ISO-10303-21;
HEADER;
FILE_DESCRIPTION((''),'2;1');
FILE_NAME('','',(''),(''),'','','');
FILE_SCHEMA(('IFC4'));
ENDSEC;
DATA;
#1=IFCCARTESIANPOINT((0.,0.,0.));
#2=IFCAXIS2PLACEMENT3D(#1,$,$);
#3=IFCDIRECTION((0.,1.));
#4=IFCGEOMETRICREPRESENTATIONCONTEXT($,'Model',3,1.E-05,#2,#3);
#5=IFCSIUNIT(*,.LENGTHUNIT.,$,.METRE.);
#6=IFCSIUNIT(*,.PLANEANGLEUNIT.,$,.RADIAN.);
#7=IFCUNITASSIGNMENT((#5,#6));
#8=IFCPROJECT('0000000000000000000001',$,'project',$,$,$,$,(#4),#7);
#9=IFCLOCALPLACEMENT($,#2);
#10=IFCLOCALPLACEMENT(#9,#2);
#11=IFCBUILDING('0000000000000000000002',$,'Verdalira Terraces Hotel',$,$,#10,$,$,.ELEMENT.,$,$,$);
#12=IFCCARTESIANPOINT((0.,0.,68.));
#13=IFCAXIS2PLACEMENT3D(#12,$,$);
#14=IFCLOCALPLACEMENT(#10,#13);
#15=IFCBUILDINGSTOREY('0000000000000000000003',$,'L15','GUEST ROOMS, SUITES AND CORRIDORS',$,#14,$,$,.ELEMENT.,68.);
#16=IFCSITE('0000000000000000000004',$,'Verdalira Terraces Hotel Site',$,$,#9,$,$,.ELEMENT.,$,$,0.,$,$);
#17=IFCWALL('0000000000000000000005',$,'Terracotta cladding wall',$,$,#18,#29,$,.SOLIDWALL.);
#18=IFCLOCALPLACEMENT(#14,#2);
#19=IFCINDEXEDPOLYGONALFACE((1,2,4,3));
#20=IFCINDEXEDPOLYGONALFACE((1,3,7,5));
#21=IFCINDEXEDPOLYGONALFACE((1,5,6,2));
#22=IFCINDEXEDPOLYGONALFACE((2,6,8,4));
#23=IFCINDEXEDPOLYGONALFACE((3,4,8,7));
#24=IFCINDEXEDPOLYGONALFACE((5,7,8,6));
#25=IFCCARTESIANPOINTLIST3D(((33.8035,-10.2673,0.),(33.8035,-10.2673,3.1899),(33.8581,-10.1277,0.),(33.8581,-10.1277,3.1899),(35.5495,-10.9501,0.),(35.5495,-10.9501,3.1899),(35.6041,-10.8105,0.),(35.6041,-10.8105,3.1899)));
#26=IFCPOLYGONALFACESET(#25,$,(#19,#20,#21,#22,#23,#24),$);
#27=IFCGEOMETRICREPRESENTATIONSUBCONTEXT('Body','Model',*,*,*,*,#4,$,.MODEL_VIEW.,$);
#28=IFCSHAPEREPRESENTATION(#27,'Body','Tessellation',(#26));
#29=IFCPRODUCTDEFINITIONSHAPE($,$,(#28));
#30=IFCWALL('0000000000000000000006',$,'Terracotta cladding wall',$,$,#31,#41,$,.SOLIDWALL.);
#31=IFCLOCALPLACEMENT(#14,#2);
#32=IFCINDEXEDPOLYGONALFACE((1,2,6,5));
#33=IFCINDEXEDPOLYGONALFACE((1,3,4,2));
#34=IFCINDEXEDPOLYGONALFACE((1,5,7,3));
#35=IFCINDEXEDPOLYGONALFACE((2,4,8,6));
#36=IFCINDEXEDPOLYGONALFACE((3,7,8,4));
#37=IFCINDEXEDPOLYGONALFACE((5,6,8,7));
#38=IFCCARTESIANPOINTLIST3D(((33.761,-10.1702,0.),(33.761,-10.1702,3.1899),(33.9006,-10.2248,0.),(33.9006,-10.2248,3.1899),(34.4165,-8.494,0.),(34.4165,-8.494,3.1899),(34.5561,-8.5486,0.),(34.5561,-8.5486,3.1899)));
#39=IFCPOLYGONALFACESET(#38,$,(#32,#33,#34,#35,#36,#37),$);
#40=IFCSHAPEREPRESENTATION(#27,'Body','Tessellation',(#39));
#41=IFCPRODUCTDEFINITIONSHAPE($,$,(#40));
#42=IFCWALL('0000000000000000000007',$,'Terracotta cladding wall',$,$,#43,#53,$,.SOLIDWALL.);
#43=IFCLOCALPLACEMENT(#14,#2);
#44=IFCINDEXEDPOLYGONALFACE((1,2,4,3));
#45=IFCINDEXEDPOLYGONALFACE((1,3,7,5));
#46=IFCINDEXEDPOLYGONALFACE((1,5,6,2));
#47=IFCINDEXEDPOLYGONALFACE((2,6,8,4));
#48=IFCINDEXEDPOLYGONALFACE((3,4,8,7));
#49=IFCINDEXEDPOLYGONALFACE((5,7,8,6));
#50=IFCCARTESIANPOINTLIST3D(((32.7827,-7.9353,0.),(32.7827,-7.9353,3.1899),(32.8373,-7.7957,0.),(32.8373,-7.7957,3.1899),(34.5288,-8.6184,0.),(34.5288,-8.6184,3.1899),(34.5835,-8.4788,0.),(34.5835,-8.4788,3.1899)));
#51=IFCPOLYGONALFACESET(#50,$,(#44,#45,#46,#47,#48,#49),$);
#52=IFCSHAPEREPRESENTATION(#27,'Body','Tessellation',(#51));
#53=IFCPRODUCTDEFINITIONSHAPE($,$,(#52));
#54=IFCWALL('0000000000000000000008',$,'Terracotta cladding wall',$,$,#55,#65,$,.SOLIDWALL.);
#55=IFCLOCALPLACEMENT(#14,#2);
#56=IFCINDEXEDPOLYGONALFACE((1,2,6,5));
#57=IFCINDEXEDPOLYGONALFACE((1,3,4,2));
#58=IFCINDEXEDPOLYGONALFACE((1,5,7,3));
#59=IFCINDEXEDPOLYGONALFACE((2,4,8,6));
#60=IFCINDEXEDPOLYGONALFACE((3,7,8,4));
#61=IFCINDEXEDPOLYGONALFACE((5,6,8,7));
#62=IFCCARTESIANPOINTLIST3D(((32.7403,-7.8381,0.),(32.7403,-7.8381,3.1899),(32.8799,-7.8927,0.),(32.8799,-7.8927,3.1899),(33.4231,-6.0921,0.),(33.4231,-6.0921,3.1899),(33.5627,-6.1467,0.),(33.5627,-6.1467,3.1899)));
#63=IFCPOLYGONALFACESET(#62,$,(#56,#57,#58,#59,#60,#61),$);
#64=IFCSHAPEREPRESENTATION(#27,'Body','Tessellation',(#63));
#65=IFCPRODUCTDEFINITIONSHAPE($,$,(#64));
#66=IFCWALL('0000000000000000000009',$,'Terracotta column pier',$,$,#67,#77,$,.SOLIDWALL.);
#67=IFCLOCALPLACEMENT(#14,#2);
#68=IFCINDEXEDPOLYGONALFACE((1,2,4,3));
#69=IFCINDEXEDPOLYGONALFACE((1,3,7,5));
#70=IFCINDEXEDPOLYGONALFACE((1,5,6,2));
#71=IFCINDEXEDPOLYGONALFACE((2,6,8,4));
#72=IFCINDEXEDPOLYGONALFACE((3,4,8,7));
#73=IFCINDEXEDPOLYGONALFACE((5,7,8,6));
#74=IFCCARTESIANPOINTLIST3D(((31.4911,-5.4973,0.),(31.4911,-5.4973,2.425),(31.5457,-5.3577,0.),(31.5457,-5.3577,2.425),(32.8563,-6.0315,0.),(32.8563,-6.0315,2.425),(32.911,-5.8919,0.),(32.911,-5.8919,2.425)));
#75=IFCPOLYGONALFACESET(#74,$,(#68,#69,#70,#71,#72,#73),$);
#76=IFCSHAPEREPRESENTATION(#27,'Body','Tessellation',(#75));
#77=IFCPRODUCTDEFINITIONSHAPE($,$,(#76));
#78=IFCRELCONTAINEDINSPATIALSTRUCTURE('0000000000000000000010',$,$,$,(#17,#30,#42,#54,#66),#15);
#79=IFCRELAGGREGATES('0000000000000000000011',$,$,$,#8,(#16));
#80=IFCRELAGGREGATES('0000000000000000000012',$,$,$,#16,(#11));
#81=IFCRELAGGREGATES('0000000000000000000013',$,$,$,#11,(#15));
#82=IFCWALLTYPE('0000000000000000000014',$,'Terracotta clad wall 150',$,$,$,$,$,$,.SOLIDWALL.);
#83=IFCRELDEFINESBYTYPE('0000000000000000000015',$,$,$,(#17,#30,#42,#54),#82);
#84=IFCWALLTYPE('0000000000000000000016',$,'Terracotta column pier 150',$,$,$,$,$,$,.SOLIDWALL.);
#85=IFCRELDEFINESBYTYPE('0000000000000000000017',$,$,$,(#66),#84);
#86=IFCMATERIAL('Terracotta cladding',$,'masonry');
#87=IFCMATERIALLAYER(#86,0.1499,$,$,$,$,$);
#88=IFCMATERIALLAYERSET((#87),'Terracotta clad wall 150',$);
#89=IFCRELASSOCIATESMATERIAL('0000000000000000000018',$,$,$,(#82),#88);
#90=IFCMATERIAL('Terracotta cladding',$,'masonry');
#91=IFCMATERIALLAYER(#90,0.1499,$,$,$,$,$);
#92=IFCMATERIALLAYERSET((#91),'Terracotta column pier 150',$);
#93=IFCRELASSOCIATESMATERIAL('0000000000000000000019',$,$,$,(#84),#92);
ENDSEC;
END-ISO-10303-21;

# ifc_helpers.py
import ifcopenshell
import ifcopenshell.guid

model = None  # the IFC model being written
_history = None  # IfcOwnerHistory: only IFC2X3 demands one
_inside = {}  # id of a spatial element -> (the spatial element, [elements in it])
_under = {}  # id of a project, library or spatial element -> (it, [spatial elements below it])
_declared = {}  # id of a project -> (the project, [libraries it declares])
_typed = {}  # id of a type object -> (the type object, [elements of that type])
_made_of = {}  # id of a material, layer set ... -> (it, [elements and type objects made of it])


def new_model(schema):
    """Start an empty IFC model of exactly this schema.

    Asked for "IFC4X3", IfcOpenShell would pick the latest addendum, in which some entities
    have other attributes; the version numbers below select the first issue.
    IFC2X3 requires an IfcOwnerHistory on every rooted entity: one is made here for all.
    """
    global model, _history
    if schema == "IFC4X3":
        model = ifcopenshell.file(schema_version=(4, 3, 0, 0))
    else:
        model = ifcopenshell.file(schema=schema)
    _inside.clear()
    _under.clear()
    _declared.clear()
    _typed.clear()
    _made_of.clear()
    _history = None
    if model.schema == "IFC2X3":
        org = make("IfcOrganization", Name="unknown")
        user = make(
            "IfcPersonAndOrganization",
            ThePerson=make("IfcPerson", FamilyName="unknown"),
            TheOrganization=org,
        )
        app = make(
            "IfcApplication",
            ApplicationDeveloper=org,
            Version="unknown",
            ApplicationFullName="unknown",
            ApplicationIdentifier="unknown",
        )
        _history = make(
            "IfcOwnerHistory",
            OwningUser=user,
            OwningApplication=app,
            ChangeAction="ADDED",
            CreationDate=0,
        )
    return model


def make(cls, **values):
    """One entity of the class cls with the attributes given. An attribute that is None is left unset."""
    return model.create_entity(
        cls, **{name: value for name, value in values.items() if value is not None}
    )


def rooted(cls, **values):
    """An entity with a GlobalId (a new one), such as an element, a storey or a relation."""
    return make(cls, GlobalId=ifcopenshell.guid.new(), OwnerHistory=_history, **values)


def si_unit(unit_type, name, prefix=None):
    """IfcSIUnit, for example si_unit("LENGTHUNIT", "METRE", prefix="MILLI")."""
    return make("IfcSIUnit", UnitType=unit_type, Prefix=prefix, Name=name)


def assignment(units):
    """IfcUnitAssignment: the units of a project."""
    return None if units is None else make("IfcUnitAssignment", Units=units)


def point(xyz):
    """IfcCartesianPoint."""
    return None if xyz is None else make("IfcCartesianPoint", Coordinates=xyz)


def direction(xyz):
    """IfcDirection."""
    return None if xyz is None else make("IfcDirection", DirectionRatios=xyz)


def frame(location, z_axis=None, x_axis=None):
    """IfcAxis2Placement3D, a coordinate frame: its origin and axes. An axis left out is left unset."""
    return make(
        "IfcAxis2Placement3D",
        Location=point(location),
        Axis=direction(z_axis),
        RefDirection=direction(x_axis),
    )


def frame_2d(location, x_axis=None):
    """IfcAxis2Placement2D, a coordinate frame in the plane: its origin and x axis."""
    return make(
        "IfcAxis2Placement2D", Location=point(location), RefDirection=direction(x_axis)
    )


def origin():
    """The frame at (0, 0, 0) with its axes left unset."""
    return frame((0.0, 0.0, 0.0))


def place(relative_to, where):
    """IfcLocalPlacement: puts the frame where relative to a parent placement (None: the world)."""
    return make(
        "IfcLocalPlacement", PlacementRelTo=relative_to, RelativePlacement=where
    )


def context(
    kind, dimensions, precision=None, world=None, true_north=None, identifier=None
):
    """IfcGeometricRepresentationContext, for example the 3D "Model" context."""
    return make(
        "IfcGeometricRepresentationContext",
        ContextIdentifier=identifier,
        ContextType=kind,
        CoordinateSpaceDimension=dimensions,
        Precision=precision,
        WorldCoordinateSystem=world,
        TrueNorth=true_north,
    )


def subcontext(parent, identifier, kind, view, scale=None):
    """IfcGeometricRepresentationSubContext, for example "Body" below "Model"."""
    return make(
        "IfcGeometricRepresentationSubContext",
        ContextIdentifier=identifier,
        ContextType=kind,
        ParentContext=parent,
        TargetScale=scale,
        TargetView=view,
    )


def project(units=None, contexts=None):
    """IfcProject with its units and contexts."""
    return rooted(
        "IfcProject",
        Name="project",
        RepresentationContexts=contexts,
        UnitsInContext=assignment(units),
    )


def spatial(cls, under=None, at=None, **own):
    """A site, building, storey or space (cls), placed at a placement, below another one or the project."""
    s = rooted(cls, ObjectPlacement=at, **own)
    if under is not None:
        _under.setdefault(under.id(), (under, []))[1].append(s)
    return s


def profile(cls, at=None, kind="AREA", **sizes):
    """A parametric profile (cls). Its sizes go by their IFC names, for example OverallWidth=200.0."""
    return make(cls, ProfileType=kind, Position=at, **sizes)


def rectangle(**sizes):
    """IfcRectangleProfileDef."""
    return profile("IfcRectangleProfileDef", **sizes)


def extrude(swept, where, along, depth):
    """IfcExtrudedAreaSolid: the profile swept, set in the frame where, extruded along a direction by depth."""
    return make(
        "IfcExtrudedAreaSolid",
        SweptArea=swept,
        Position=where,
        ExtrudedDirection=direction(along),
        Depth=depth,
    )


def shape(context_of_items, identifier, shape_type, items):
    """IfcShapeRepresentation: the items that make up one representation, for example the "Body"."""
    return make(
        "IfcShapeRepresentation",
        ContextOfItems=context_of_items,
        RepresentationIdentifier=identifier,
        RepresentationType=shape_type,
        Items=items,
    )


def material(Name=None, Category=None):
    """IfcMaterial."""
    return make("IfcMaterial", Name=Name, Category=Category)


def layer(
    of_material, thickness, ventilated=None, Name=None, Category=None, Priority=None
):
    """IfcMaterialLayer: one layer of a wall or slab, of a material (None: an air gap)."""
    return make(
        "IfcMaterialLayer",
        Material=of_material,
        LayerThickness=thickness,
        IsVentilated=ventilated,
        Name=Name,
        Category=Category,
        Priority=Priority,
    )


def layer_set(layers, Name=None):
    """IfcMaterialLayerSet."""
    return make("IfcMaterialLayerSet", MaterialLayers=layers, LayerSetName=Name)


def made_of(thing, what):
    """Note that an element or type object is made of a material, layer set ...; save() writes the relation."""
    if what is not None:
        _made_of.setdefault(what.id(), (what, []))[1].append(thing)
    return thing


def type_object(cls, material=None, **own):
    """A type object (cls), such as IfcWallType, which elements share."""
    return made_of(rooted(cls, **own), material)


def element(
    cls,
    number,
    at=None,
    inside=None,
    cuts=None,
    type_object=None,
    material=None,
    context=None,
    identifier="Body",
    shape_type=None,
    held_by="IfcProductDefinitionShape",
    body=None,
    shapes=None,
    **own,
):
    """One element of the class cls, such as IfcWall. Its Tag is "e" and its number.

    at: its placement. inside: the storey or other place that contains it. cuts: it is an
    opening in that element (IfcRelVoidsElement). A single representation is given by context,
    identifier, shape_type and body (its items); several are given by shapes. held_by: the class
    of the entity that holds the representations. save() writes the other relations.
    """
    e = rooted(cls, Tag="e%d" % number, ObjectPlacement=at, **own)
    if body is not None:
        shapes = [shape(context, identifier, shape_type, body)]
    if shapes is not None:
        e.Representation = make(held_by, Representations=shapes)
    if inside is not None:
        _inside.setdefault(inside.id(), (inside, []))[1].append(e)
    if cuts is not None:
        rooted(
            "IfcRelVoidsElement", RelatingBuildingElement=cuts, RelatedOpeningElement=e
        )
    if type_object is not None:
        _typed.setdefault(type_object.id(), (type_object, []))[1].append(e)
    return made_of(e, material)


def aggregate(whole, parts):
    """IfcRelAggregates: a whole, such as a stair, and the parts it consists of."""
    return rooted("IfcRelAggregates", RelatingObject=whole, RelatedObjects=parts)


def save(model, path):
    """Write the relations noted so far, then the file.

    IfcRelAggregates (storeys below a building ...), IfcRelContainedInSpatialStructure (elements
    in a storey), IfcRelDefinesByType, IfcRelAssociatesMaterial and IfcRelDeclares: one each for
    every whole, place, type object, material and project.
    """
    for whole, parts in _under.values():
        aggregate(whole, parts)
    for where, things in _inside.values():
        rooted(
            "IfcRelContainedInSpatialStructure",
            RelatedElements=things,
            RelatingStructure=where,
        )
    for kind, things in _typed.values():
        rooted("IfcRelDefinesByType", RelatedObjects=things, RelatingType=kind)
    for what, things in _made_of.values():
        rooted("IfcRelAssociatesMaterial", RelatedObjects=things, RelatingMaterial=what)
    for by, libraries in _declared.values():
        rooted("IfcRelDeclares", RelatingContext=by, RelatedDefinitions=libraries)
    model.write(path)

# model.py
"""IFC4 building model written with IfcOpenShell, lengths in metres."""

from ifc_helpers import new_model, si_unit, direction, frame, frame_2d, origin, place, context, subcontext, project, spatial, rectangle, extrude, material, layer, layer_set, type_object, element, save


model = new_model("IFC4")

# Units and contexts
model_context = context("Model", 3, precision=1e-05, world=origin(), true_north=direction((0.0, 1.0)))
body_context = subcontext(model_context, "Body", "Model", "MODEL_VIEW")
ifc_project = project(units=[si_unit("LENGTHUNIT", "METRE"), si_unit("PLANEANGLEUNIT", "RADIAN")], contexts=[model_context])

# Site, building, storey
site_placement = place(None, origin())
site = spatial("IfcSite", under=ifc_project, at=site_placement, Name="Verdalira Terraces Hotel Site", CompositionType="ELEMENT", RefElevation=0.0)
building_placement = place(site_placement, origin())
building = spatial("IfcBuilding", under=site, at=building_placement, Name="Verdalira Terraces Hotel", CompositionType="ELEMENT")
storey_placement = place(building_placement, frame((0.0, 0.0, 68.0)))
storey = spatial("IfcBuildingStorey", under=building, at=storey_placement, Name="L15", Description="GUEST ROOMS, SUITES AND CORRIDORS", CompositionType="ELEMENT", Elevation=68.0)

# Walls
ifc_material_1 = material(Name="Terracotta cladding", Category="masonry")
ifc_layer_1 = layer(ifc_material_1, 0.1499)
ifc_layer_set_1 = layer_set([ifc_layer_1], Name="Terracotta clad wall 150")
wall_type_1 = type_object("IfcWallType", Name="Terracotta clad wall 150", PredefinedType="SOLIDWALL", material=ifc_layer_set_1)
wall_1_placement = place(storey_placement, frame((35.5769, -10.8804, 0.0), z_axis=(0.0, 0.0, 1.0), x_axis=(-0.931314, 0.364218, 0.0)))
element("IfcWall", 1, at=wall_1_placement, inside=storey, type_object=wall_type_1, Name="Terracotta cladding wall", PredefinedType="SOLIDWALL", context=body_context, shape_type="SweptSolid", body=[
    extrude(rectangle(XDim=1.8748, YDim=0.1499, at=frame_2d((0.9375, 0.0))), origin(), (0.0, 0.0, 1.0), 3.1899),
])
wall_2_placement = place(storey_placement, frame((33.8308, -10.1975, 0.0), z_axis=(0.0, 0.0, 1.0), x_axis=(0.3642, 0.931321, 0.0)))
element("IfcWall", 2, at=wall_2_placement, inside=storey, type_object=wall_type_1, Name="Terracotta cladding wall", PredefinedType="SOLIDWALL", context=body_context, shape_type="SweptSolid", body=[
    extrude(rectangle(XDim=1.7998, YDim=0.1499, at=frame_2d((0.8999, 0.0))), origin(), (0.0, 0.0, 1.0), 3.1899),
])
wall_3_placement = place(storey_placement, frame((34.5562, -8.5486, 0.0), z_axis=(0.0, 0.0, 1.0), x_axis=(-0.93127, 0.364331, 0.0)))
element("IfcWall", 3, at=wall_3_placement, inside=storey, type_object=wall_type_1, Name="Terracotta cladding wall", PredefinedType="SOLIDWALL", context=body_context, shape_type="SweptSolid", body=[
    extrude(rectangle(XDim=1.875, YDim=0.1499, at=frame_2d((0.9375, 0.0))), origin(), (0.0, 0.0, 1.0), 3.1899),
])
wall_4_placement = place(storey_placement, frame((32.8101, -7.8655, 0.0), z_axis=(0.0, 0.0, 1.0), x_axis=(0.364218, 0.931314, 0.0)))
element("IfcWall", 4, at=wall_4_placement, inside=storey, type_object=wall_type_1, Name="Terracotta cladding wall", PredefinedType="SOLIDWALL", context=body_context, shape_type="SweptSolid", body=[
    extrude(rectangle(XDim=1.8748, YDim=0.1499, at=frame_2d((0.9375, 0.0))), origin(), (0.0, 0.0, 1.0), 3.1899),
])
ifc_material_2 = material(Name="Terracotta cladding", Category="masonry")
ifc_layer_2 = layer(ifc_material_2, 0.1499)
ifc_layer_set_2 = layer_set([ifc_layer_2], Name="Terracotta column pier 150")
wall_type_2 = type_object("IfcWallType", Name="Terracotta column pier 150", PredefinedType="SOLIDWALL", material=ifc_layer_set_2)
wall_5_placement = place(storey_placement, frame((32.8835, -5.9617, 0.0), z_axis=(0.0, 0.0, 1.0), x_axis=(-0.931253, 0.364374, 0.0)))
element("IfcWall", 5, at=wall_5_placement, inside=storey, type_object=wall_type_2, Name="Terracotta column pier", PredefinedType="SOLIDWALL", context=body_context, shape_type="SweptSolid", body=[
    extrude(rectangle(XDim=1.4661, YDim=0.1499, at=frame_2d((0.7329, 0.0))), origin(), (0.0, 0.0, 1.0), 2.425),
])

save(model, "model.ifc")
